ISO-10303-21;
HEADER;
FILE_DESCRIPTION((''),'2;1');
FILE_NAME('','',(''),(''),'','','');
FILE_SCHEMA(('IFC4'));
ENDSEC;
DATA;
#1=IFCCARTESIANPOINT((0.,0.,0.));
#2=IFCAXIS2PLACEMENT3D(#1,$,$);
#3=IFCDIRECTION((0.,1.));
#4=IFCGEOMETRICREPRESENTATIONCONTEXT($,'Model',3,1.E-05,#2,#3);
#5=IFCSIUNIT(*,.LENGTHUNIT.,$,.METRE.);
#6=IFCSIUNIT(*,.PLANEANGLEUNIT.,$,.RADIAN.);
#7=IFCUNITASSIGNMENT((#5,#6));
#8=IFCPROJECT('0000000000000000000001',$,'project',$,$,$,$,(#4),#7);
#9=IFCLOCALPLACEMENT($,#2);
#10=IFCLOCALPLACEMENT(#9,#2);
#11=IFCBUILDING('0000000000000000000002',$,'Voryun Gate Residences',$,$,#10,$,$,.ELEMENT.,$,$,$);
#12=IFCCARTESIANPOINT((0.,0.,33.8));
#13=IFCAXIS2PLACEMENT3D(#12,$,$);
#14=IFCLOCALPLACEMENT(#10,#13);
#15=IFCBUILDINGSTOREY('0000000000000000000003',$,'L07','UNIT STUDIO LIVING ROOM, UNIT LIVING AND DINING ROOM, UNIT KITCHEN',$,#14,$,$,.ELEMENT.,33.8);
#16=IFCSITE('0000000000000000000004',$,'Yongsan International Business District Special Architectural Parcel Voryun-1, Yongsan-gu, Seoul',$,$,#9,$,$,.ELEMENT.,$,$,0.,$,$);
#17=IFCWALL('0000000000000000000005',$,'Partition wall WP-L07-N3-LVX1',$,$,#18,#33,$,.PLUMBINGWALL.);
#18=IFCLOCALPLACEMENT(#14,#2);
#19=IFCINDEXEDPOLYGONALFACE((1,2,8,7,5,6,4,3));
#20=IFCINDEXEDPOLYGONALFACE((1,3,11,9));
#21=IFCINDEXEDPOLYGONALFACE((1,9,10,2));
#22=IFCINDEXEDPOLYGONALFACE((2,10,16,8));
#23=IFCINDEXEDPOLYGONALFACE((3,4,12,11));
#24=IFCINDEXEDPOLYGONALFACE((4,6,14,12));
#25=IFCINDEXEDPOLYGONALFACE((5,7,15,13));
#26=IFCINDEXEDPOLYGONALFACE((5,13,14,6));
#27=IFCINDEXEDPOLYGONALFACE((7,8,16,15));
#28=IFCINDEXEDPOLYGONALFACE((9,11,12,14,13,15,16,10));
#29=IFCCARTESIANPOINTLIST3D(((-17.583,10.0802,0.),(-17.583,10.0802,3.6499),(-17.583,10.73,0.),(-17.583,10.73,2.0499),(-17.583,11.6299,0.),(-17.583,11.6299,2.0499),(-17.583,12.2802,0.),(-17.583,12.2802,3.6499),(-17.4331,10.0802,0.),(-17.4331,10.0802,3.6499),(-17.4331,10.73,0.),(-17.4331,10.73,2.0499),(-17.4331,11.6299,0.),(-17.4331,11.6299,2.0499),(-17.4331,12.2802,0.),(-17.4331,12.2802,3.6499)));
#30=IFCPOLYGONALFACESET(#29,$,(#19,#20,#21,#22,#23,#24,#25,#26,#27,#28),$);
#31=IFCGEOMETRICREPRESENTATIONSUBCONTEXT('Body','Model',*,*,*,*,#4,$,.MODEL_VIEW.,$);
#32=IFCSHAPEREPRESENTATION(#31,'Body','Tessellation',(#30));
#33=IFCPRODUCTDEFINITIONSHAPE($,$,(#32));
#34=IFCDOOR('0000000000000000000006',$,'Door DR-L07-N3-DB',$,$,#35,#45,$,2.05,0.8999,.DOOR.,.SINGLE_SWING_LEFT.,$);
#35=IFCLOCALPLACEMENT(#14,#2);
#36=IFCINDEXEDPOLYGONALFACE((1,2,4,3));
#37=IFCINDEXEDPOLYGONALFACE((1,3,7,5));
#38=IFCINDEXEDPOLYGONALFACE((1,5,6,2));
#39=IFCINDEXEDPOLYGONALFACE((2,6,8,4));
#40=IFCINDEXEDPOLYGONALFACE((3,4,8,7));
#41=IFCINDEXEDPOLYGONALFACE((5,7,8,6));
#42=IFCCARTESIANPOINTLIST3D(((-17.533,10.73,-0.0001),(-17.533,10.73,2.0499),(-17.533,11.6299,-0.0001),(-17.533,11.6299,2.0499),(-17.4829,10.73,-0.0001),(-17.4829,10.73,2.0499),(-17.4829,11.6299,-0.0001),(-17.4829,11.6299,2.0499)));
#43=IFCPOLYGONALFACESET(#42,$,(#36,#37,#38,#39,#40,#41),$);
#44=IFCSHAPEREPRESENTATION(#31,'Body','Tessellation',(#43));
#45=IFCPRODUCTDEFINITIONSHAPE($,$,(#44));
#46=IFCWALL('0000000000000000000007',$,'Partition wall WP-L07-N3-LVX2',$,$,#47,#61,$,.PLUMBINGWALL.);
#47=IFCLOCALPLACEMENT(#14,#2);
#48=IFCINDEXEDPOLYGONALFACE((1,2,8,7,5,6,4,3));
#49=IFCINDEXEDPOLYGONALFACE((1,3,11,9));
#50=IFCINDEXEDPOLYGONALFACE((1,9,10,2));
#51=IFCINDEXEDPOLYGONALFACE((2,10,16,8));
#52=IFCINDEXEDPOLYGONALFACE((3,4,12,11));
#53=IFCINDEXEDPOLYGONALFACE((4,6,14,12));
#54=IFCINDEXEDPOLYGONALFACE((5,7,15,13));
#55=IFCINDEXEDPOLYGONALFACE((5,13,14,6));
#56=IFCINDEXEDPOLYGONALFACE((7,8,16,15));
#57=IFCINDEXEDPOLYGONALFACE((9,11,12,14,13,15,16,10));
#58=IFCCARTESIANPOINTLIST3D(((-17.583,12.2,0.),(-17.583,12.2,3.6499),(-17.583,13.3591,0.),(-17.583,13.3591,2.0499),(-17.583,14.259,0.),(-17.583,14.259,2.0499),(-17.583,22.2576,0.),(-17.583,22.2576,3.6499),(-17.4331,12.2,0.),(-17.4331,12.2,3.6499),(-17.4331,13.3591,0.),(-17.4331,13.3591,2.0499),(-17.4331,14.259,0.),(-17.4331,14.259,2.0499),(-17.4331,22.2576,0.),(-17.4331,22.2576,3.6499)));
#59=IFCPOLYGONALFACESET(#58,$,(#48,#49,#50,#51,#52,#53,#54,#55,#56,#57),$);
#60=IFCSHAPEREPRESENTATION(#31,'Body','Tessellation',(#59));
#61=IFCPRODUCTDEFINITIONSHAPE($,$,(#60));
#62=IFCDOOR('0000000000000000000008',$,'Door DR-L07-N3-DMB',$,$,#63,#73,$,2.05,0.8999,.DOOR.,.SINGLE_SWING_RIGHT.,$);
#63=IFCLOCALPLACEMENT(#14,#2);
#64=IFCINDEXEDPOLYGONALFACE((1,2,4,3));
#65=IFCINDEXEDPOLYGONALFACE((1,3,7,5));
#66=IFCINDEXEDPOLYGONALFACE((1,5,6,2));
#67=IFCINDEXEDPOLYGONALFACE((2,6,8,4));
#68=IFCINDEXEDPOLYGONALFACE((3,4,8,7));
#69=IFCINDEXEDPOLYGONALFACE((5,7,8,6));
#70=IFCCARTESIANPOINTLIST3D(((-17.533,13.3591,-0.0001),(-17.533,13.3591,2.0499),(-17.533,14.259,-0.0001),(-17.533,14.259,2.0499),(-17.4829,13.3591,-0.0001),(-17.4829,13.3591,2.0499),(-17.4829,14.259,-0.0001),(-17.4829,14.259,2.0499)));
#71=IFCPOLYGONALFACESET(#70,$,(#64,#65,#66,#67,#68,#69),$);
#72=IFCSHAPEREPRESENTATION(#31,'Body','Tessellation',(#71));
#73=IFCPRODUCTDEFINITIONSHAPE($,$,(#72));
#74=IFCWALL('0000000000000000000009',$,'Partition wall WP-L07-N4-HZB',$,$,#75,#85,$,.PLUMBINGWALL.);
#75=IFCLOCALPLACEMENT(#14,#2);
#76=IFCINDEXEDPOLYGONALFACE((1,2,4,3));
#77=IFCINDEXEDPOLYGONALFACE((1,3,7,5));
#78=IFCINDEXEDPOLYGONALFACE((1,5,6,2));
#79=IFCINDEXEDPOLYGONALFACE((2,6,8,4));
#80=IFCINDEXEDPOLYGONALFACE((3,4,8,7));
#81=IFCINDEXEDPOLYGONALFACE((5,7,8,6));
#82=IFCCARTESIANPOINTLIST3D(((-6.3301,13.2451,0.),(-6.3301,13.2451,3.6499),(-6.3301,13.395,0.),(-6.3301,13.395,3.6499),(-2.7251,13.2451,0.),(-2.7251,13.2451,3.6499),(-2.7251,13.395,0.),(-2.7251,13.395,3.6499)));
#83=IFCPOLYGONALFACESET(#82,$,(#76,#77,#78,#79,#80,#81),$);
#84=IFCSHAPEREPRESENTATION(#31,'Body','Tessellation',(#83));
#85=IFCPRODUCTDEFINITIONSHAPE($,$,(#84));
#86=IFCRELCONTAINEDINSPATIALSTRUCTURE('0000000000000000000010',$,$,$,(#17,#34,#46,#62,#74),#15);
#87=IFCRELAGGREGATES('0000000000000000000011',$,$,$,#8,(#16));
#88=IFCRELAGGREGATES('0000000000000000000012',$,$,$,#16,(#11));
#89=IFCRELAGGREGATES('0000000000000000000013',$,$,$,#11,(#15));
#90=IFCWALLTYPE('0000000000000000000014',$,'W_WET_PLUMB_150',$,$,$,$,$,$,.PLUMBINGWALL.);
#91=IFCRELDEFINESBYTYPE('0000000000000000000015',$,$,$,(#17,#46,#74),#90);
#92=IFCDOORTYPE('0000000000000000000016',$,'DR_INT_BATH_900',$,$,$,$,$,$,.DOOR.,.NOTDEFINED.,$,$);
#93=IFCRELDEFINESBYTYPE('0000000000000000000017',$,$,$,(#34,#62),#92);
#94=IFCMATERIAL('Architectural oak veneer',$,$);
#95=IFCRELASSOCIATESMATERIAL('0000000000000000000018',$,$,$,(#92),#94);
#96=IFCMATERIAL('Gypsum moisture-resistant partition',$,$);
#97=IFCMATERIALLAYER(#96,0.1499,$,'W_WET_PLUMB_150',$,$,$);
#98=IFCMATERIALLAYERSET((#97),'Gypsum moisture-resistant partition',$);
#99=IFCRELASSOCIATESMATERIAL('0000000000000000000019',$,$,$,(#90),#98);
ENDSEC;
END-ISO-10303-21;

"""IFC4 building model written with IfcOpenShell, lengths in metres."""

from ifc_helpers import new_model, si_unit, direction, frame, frame_2d, origin, place, context, subcontext, project, spatial, rectangle, extrude, material, layer, layer_set, type_object, element, fill, save


model = new_model("IFC4")

# Units and contexts
model_context = context("Model", 3, precision=1e-05, world=origin(), true_north=direction((0.0, 1.0)))
body_context = subcontext(model_context, "Body", "Model", "MODEL_VIEW")
ifc_project = project(units=[si_unit("LENGTHUNIT", "METRE"), si_unit("PLANEANGLEUNIT", "RADIAN")], contexts=[model_context])

# Site, building, storey
site_placement = place(None, origin())
site = spatial("IfcSite", under=ifc_project, at=site_placement, Name="Yongsan International Business District Special Architectural Parcel Voryun-1, Yongsan-gu, Seoul", CompositionType="ELEMENT", RefElevation=0.0)
building_placement = place(site_placement, origin())
building = spatial("IfcBuilding", under=site, at=building_placement, Name="Voryun Gate Residences", CompositionType="ELEMENT")
storey_placement = place(building_placement, frame((0.0, 0.0, 33.8)))
storey = spatial("IfcBuildingStorey", under=building, at=storey_placement, Name="L07", Description="UNIT STUDIO LIVING ROOM, UNIT LIVING AND DINING ROOM, UNIT KITCHEN", CompositionType="ELEMENT", Elevation=33.8)

# Shared definitions
ifc_material_1 = material(Name="Architectural oak veneer")
door_type_1 = type_object("IfcDoorType", Name="DR_INT_BATH_900", OperationType="NOTDEFINED", PredefinedType="DOOR", material=ifc_material_1)

# Walls, openings, doors
ifc_material_2 = material(Name="Gypsum moisture-resistant partition")
ifc_layer_1 = layer(ifc_material_2, 0.1499, Name="W_WET_PLUMB_150")
ifc_layer_set_1 = layer_set([ifc_layer_1], Name="Gypsum moisture-resistant partition")
wall_type_1 = type_object("IfcWallType", Name="W_WET_PLUMB_150", PredefinedType="PLUMBINGWALL", material=ifc_layer_set_1)
wall_1_placement = place(storey_placement, frame((-17.5081, 10.0801, 0.0), z_axis=(0.0, 0.0, 1.0), x_axis=(0.0, 1.0, 0.0)))
wall_1 = element("IfcWall", 1, at=wall_1_placement, inside=storey, type_object=wall_type_1, Name="Partition wall WP-L07-N3-LVX1", PredefinedType="PLUMBINGWALL", context=body_context, shape_type="SweptSolid", body=[
    extrude(rectangle(XDim=2.2, YDim=0.1499, at=frame_2d((1.1001, 0.0))), origin(), (0.0, 0.0, 1.0), 3.6499),
])
opening_1_placement = place(wall_1_placement, frame((0.6499, 0.0, 0.0)))
opening_1 = element("IfcOpeningElement", 2, at=opening_1_placement, cuts=wall_1, PredefinedType="OPENING", context=body_context, shape_type="SweptSolid", body=[
    extrude(rectangle(XDim=0.8999, YDim=2.05, at=frame_2d((0.45, 1.0249))), frame((0.0, 0.085, 0.0), z_axis=(0.0, -1.0, 0.0), x_axis=(1.0, 0.0, 0.0)), (0.0, 0.0, 1.0), 0.1699),
])
door_1_placement = place(opening_1_placement, origin())
door_1 = element("IfcDoor", 3, at=door_1_placement, inside=storey, type_object=door_type_1, Name="Door DR-L07-N3-DB", OperationType="SINGLE_SWING_LEFT", OverallHeight=2.05, OverallWidth=0.8999, PredefinedType="DOOR", context=body_context, shape_type="SweptSolid", body=[
    extrude(rectangle(XDim=0.8999, YDim=2.05, at=frame_2d((0.45, 1.0249))), frame((0.0, 0.0249, 0.0), z_axis=(0.0, -1.0, 0.0), x_axis=(1.0, 0.0, 0.0)), (0.0, 0.0, 1.0), 0.05),
])
fill(opening_1, door_1)
wall_2_placement = place(storey_placement, frame((-17.5081, 12.2, 0.0), z_axis=(0.0, 0.0, 1.0), x_axis=(0.0, 1.0, 0.0)))
wall_2 = element("IfcWall", 4, at=wall_2_placement, inside=storey, type_object=wall_type_1, Name="Partition wall WP-L07-N3-LVX2", PredefinedType="PLUMBINGWALL", context=body_context, shape_type="SweptSolid", body=[
    extrude(rectangle(XDim=10.0576, YDim=0.1499, at=frame_2d((5.0288, 0.0))), origin(), (0.0, 0.0, 1.0), 3.6499),
])
opening_2_placement = place(wall_2_placement, frame((1.1592, 0.0, 0.0)))
opening_2 = element("IfcOpeningElement", 5, at=opening_2_placement, cuts=wall_2, PredefinedType="OPENING", context=body_context, shape_type="SweptSolid", body=[
    extrude(rectangle(XDim=0.8999, YDim=2.05, at=frame_2d((0.45, 1.0249))), frame((0.0, 0.085, 0.0), z_axis=(0.0, -1.0, 0.0), x_axis=(1.0, 0.0, 0.0)), (0.0, 0.0, 1.0), 0.1699),
])
door_2_placement = place(opening_2_placement, origin())
door_2 = element("IfcDoor", 6, at=door_2_placement, inside=storey, type_object=door_type_1, Name="Door DR-L07-N3-DMB", OperationType="SINGLE_SWING_RIGHT", OverallHeight=2.05, OverallWidth=0.8999, PredefinedType="DOOR", context=body_context, shape_type="SweptSolid", body=[
    extrude(rectangle(XDim=0.8999, YDim=2.05, at=frame_2d((0.45, 1.0249))), frame((0.0, 0.0249, 0.0), z_axis=(0.0, -1.0, 0.0), x_axis=(1.0, 0.0, 0.0)), (0.0, 0.0, 1.0), 0.05),
])
fill(opening_2, door_2)

# Wall
wall_3_placement = place(storey_placement, frame((-6.3301, 13.3201, 0.0), z_axis=(0.0, 0.0, 1.0), x_axis=(1.0, 0.0, 0.0)))
element("IfcWall", 7, at=wall_3_placement, inside=storey, type_object=wall_type_1, Name="Partition wall WP-L07-N4-HZB", PredefinedType="PLUMBINGWALL", context=body_context, shape_type="SweptSolid", body=[
    extrude(rectangle(XDim=3.605, YDim=0.1499, at=frame_2d((1.8025, 0.0))), origin(), (0.0, 0.0, 1.0), 3.6499),
])

save(model, "model.ifc")
